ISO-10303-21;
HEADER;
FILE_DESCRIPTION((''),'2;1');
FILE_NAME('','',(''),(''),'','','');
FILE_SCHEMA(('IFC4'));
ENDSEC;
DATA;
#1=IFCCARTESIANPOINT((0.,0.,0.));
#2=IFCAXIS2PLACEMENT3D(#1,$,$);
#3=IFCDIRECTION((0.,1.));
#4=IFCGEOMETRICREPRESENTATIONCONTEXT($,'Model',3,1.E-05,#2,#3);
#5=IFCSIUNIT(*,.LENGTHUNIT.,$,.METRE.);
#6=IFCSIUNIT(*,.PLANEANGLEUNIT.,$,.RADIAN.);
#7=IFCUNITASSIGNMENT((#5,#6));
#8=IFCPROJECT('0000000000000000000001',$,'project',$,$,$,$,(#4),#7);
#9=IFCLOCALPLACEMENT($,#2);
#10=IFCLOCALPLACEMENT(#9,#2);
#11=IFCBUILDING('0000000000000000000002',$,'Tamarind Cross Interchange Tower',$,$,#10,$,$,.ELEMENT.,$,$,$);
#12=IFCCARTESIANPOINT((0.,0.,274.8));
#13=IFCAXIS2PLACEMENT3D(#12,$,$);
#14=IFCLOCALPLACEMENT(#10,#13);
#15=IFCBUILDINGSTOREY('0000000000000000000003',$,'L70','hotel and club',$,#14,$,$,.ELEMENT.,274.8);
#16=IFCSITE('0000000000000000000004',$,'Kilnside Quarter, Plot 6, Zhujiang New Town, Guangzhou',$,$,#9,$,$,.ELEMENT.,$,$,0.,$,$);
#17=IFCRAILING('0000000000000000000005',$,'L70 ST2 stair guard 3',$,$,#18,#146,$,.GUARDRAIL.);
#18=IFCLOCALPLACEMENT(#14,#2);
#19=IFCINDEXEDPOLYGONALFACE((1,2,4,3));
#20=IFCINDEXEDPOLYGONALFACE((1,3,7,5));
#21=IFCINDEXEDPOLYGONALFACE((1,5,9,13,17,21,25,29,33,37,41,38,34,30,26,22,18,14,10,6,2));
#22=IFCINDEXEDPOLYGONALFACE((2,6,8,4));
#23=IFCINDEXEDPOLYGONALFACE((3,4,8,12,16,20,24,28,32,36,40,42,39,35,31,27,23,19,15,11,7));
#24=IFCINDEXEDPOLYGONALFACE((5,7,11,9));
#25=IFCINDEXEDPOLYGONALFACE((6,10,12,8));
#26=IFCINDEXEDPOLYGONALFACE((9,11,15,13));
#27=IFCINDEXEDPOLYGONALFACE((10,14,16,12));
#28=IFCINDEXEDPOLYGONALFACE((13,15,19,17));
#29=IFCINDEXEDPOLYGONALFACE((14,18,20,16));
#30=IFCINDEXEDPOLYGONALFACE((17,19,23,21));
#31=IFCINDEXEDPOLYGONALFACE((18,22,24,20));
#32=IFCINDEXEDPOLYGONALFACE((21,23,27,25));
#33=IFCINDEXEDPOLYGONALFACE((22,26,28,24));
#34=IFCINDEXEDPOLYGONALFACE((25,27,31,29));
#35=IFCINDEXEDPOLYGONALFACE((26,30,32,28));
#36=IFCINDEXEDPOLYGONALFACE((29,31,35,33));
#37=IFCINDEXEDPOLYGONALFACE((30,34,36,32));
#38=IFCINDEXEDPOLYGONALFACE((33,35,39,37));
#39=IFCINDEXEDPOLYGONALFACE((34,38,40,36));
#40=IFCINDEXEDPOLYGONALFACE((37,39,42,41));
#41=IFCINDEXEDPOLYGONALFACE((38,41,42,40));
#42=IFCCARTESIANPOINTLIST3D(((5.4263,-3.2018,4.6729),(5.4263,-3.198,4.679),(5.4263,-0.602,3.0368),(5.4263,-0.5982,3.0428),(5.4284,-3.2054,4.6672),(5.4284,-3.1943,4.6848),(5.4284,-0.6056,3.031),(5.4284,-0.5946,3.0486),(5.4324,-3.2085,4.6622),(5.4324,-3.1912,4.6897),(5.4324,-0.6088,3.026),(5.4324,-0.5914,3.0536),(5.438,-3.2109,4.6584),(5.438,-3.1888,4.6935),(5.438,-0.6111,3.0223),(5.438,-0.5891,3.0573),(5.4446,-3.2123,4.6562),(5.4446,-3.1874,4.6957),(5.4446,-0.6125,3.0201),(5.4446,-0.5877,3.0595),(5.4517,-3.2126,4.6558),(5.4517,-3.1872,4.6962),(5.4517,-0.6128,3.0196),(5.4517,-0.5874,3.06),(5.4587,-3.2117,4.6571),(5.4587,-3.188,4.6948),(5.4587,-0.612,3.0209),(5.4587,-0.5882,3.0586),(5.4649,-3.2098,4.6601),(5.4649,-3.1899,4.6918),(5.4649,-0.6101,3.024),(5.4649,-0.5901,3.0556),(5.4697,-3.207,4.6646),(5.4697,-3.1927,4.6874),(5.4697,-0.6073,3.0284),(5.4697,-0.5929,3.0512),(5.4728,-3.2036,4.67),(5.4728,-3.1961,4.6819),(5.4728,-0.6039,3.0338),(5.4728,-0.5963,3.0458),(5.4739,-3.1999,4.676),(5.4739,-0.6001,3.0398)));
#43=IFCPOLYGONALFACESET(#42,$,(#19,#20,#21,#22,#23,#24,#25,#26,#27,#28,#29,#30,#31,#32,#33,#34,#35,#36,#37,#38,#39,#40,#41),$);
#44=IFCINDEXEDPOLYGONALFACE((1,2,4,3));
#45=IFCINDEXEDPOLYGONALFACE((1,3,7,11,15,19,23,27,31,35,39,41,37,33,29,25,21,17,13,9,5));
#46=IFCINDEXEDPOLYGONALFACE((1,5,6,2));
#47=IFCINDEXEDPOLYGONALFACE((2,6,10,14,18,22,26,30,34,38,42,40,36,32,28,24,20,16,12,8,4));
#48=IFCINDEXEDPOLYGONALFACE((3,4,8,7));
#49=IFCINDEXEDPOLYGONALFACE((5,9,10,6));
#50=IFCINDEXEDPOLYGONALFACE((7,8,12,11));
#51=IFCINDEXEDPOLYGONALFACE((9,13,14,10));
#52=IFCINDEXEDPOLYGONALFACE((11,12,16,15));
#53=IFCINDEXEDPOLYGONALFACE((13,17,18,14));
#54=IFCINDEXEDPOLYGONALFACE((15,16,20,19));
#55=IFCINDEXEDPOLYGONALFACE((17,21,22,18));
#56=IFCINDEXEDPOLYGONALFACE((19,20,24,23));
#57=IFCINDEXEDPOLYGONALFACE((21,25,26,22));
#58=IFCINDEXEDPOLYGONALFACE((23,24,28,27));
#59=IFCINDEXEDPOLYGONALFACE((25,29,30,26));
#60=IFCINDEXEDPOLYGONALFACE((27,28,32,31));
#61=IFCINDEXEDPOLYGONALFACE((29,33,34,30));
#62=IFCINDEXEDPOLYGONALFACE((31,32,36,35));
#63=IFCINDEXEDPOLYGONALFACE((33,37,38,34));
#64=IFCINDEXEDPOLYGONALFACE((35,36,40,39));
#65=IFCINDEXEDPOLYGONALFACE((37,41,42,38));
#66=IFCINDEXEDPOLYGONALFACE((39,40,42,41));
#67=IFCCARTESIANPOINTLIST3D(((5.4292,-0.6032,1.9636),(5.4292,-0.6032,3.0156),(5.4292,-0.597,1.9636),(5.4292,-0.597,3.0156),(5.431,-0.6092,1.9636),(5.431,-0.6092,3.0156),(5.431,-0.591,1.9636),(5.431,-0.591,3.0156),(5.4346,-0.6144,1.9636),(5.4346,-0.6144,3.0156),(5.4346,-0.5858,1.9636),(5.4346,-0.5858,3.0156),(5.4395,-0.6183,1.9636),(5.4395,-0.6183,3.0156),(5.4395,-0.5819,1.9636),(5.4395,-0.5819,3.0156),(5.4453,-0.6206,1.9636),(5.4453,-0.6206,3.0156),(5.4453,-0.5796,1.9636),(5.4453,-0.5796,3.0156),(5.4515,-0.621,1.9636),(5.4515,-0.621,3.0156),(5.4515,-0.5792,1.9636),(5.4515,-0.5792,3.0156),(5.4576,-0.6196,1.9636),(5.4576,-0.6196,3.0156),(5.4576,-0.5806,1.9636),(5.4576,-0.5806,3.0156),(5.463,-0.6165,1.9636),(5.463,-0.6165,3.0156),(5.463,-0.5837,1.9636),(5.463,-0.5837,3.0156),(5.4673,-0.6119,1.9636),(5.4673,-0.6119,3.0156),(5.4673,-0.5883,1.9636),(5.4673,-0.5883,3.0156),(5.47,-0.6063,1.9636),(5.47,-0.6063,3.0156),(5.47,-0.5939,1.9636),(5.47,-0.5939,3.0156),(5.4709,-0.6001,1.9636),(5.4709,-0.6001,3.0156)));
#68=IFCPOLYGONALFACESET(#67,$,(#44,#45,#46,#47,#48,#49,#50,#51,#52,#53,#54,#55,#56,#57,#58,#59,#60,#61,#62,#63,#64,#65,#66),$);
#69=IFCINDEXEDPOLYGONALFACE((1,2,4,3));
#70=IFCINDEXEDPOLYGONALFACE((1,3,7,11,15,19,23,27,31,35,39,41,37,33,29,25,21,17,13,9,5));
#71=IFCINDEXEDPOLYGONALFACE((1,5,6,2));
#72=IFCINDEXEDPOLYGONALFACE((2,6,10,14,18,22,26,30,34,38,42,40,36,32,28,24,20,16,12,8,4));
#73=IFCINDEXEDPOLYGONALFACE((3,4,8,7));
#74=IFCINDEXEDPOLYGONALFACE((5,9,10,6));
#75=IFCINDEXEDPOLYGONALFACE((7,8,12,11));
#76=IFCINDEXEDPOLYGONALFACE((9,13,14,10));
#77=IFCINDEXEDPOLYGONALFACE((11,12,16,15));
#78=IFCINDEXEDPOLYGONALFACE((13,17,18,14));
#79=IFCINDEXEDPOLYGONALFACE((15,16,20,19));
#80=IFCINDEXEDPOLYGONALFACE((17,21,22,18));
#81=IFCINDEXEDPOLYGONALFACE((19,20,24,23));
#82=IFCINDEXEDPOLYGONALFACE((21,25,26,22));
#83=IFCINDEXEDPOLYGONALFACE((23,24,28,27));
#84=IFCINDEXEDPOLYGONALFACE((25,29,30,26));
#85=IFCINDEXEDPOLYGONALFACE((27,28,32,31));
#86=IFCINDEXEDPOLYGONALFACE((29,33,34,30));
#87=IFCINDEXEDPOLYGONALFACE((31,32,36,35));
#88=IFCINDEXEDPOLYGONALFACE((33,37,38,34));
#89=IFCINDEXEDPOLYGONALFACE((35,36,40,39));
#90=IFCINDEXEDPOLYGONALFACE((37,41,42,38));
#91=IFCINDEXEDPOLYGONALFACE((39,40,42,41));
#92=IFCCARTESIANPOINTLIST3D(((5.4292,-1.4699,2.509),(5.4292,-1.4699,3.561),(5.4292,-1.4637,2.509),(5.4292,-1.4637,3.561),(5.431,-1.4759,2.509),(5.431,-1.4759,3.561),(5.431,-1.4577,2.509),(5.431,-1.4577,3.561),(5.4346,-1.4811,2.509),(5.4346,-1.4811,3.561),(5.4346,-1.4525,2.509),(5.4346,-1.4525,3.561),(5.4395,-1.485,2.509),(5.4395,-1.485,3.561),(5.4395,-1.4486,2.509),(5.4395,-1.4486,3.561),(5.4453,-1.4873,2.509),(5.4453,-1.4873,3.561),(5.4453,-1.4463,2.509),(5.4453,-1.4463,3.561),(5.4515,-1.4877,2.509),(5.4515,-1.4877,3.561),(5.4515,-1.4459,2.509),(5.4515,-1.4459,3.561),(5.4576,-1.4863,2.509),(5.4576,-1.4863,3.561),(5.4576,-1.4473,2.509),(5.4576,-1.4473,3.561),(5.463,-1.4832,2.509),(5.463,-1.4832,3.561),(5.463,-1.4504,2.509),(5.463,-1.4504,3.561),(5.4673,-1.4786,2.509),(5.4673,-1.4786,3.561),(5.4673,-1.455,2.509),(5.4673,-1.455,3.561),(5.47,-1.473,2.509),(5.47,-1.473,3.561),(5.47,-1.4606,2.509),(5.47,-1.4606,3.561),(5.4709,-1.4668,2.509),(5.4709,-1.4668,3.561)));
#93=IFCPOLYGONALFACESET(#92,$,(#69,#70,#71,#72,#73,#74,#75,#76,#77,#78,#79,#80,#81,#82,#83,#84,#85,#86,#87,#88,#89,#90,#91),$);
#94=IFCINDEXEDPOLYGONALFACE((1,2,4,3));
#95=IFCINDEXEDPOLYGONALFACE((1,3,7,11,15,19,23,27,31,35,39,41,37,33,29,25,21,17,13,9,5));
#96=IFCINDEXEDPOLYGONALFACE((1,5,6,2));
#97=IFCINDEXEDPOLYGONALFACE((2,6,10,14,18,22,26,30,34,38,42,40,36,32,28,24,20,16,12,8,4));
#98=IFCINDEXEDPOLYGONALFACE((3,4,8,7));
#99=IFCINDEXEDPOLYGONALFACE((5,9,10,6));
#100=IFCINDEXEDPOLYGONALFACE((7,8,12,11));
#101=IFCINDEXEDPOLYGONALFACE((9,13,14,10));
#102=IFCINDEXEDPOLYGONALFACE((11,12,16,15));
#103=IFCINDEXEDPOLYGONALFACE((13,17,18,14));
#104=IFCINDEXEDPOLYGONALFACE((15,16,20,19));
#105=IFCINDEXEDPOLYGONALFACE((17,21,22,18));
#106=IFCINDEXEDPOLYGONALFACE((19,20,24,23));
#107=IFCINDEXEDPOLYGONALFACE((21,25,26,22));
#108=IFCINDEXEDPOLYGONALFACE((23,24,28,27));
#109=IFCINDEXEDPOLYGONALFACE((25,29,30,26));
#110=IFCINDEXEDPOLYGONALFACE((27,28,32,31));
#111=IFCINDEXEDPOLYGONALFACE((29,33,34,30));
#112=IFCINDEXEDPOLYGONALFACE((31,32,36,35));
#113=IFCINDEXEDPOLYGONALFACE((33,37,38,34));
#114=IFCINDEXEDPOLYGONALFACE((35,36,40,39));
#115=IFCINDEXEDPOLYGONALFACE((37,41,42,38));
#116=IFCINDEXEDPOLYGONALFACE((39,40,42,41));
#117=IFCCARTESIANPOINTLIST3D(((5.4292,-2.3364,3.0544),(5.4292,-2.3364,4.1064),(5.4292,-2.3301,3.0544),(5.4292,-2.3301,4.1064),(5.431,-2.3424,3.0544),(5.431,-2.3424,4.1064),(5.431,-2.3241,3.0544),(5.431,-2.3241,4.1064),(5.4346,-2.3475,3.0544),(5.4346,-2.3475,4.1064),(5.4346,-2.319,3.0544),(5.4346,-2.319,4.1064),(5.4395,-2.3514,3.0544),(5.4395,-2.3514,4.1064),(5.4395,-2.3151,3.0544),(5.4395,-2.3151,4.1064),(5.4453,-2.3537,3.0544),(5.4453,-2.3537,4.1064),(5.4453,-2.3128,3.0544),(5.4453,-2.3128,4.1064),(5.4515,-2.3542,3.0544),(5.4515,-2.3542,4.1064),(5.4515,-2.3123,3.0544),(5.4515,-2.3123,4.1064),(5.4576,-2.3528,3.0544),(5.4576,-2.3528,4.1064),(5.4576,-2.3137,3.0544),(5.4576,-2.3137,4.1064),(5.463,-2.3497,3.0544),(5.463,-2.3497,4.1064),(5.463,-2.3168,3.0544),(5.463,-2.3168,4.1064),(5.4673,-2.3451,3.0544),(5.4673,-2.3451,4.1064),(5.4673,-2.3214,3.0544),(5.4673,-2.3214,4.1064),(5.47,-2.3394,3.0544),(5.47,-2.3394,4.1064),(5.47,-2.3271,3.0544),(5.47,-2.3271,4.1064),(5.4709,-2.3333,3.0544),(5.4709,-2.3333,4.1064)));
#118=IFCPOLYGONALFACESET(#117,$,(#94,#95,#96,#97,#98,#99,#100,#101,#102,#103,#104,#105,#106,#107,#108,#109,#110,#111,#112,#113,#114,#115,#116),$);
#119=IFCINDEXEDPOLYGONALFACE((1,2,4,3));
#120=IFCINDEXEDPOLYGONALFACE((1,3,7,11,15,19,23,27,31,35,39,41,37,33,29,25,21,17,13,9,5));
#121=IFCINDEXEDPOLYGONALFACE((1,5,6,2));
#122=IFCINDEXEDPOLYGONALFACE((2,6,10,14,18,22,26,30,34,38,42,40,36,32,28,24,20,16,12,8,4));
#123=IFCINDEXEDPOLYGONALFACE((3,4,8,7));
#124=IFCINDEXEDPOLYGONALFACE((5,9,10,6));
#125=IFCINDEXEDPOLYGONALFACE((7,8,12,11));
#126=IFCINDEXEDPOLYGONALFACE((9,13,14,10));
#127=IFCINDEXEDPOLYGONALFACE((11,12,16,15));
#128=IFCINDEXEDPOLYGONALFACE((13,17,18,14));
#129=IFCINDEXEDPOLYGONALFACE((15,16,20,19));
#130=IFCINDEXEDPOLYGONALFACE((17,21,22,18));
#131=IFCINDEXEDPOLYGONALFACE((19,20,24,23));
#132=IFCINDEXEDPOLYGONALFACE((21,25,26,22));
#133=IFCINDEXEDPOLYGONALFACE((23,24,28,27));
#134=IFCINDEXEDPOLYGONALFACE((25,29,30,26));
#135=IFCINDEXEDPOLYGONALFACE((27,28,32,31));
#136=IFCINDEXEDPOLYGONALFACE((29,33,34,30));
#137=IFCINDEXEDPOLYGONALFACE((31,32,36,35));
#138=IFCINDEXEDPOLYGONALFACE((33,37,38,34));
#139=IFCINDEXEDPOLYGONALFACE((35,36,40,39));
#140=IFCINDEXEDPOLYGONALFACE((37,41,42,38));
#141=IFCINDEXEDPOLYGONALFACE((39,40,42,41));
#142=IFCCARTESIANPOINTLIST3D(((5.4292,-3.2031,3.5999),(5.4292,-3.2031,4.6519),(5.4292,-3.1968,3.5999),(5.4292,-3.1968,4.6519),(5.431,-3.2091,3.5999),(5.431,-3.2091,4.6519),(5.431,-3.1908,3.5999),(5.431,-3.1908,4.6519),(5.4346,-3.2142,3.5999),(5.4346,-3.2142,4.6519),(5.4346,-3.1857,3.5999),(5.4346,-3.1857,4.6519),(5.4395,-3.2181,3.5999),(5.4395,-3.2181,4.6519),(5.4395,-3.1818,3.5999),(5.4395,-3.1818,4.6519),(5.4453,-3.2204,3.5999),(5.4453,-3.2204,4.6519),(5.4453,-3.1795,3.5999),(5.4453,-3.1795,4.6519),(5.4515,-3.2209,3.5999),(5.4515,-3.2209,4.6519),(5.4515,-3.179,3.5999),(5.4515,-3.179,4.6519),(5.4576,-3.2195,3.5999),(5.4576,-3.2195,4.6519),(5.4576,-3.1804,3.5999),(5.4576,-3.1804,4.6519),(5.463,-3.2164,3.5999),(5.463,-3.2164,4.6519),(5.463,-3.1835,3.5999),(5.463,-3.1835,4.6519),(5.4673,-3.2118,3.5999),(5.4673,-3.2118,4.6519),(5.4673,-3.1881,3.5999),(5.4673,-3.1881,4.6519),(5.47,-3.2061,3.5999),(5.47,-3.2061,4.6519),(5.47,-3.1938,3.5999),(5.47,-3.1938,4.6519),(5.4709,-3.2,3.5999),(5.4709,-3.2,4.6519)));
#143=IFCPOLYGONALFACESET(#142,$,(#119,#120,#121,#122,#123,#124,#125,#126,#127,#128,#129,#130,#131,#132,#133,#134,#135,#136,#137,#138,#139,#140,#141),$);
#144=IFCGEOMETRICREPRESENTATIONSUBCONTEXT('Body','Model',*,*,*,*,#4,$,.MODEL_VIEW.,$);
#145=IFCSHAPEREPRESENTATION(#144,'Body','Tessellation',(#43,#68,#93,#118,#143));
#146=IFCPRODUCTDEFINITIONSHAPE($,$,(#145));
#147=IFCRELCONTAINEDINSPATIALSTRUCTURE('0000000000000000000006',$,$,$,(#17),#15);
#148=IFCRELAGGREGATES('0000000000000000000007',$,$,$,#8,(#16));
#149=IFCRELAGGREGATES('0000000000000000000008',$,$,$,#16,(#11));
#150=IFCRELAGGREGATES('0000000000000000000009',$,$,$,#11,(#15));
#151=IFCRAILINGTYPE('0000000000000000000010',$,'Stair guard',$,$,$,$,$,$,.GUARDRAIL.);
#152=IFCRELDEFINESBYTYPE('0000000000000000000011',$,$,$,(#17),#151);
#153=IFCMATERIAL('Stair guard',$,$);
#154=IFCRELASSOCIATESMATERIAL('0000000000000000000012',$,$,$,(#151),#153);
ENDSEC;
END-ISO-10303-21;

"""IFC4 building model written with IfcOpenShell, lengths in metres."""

from ifc_helpers import new_model, si_unit, direction, frame, origin, origin_2d, place, context, subcontext, project, spatial, circle, extrude, material, type_object, element, save


model = new_model("IFC4")

# Units and contexts
model_context = context("Model", 3, precision=1e-05, world=origin(), true_north=direction((0.0, 1.0)))
body_context = subcontext(model_context, "Body", "Model", "MODEL_VIEW")
ifc_project = project(units=[si_unit("LENGTHUNIT", "METRE"), si_unit("PLANEANGLEUNIT", "RADIAN")], contexts=[model_context])

# Site, building, storey
site_placement = place(None, origin())
site = spatial("IfcSite", under=ifc_project, at=site_placement, Name="Kilnside Quarter, Plot 6, Zhujiang New Town, Guangzhou", CompositionType="ELEMENT", RefElevation=0.0)
building_placement = place(site_placement, origin())
building = spatial("IfcBuilding", under=site, at=building_placement, Name="Tamarind Cross Interchange Tower", CompositionType="ELEMENT")
storey_placement = place(building_placement, frame((0.0, 0.0, 274.8)))
storey = spatial("IfcBuildingStorey", under=building, at=storey_placement, Name="L70", Description="hotel and club", CompositionType="ELEMENT", Elevation=274.8)

# Railing
ifc_material_1 = material(Name="Stair guard")
railing_type_1 = type_object("IfcRailingType", Name="Stair guard", PredefinedType="GUARDRAIL", material=ifc_material_1)
railing_1_placement = place(storey_placement, frame((5.45, -0.6001, 1.9636)))
element("IfcRailing", 1, at=railing_1_placement, inside=storey, type_object=railing_type_1, Name="L70 ST2 stair guard 3", PredefinedType="GUARDRAIL", context=body_context, shape_type="SweptSolid", body=[
    extrude(circle(Radius=0.0239, at=origin_2d()), frame((0.0, 0.0, 1.0762), z_axis=(0.0, -0.846338, 0.532647), x_axis=(1.0, 0.0, 0.0)), (0.0, 0.0, 1.0), 3.0718),
    extrude(circle(Radius=0.021, at=origin_2d()), origin(), (0.0, 0.0, 1.0), 1.052),
    extrude(circle(Radius=0.021, at=origin_2d()), frame((0.0, -0.8667, 0.5454)), (0.0, 0.0, 1.0), 1.052),
    extrude(circle(Radius=0.021, at=origin_2d()), frame((0.0, -1.7332, 1.0908)), (0.0, 0.0, 1.0), 1.052),
    extrude(circle(Radius=0.021, at=origin_2d()), frame((0.0, -2.5999, 1.6362)), (0.0, 0.0, 1.0), 1.052),
])

save(model, "model.ifc")
